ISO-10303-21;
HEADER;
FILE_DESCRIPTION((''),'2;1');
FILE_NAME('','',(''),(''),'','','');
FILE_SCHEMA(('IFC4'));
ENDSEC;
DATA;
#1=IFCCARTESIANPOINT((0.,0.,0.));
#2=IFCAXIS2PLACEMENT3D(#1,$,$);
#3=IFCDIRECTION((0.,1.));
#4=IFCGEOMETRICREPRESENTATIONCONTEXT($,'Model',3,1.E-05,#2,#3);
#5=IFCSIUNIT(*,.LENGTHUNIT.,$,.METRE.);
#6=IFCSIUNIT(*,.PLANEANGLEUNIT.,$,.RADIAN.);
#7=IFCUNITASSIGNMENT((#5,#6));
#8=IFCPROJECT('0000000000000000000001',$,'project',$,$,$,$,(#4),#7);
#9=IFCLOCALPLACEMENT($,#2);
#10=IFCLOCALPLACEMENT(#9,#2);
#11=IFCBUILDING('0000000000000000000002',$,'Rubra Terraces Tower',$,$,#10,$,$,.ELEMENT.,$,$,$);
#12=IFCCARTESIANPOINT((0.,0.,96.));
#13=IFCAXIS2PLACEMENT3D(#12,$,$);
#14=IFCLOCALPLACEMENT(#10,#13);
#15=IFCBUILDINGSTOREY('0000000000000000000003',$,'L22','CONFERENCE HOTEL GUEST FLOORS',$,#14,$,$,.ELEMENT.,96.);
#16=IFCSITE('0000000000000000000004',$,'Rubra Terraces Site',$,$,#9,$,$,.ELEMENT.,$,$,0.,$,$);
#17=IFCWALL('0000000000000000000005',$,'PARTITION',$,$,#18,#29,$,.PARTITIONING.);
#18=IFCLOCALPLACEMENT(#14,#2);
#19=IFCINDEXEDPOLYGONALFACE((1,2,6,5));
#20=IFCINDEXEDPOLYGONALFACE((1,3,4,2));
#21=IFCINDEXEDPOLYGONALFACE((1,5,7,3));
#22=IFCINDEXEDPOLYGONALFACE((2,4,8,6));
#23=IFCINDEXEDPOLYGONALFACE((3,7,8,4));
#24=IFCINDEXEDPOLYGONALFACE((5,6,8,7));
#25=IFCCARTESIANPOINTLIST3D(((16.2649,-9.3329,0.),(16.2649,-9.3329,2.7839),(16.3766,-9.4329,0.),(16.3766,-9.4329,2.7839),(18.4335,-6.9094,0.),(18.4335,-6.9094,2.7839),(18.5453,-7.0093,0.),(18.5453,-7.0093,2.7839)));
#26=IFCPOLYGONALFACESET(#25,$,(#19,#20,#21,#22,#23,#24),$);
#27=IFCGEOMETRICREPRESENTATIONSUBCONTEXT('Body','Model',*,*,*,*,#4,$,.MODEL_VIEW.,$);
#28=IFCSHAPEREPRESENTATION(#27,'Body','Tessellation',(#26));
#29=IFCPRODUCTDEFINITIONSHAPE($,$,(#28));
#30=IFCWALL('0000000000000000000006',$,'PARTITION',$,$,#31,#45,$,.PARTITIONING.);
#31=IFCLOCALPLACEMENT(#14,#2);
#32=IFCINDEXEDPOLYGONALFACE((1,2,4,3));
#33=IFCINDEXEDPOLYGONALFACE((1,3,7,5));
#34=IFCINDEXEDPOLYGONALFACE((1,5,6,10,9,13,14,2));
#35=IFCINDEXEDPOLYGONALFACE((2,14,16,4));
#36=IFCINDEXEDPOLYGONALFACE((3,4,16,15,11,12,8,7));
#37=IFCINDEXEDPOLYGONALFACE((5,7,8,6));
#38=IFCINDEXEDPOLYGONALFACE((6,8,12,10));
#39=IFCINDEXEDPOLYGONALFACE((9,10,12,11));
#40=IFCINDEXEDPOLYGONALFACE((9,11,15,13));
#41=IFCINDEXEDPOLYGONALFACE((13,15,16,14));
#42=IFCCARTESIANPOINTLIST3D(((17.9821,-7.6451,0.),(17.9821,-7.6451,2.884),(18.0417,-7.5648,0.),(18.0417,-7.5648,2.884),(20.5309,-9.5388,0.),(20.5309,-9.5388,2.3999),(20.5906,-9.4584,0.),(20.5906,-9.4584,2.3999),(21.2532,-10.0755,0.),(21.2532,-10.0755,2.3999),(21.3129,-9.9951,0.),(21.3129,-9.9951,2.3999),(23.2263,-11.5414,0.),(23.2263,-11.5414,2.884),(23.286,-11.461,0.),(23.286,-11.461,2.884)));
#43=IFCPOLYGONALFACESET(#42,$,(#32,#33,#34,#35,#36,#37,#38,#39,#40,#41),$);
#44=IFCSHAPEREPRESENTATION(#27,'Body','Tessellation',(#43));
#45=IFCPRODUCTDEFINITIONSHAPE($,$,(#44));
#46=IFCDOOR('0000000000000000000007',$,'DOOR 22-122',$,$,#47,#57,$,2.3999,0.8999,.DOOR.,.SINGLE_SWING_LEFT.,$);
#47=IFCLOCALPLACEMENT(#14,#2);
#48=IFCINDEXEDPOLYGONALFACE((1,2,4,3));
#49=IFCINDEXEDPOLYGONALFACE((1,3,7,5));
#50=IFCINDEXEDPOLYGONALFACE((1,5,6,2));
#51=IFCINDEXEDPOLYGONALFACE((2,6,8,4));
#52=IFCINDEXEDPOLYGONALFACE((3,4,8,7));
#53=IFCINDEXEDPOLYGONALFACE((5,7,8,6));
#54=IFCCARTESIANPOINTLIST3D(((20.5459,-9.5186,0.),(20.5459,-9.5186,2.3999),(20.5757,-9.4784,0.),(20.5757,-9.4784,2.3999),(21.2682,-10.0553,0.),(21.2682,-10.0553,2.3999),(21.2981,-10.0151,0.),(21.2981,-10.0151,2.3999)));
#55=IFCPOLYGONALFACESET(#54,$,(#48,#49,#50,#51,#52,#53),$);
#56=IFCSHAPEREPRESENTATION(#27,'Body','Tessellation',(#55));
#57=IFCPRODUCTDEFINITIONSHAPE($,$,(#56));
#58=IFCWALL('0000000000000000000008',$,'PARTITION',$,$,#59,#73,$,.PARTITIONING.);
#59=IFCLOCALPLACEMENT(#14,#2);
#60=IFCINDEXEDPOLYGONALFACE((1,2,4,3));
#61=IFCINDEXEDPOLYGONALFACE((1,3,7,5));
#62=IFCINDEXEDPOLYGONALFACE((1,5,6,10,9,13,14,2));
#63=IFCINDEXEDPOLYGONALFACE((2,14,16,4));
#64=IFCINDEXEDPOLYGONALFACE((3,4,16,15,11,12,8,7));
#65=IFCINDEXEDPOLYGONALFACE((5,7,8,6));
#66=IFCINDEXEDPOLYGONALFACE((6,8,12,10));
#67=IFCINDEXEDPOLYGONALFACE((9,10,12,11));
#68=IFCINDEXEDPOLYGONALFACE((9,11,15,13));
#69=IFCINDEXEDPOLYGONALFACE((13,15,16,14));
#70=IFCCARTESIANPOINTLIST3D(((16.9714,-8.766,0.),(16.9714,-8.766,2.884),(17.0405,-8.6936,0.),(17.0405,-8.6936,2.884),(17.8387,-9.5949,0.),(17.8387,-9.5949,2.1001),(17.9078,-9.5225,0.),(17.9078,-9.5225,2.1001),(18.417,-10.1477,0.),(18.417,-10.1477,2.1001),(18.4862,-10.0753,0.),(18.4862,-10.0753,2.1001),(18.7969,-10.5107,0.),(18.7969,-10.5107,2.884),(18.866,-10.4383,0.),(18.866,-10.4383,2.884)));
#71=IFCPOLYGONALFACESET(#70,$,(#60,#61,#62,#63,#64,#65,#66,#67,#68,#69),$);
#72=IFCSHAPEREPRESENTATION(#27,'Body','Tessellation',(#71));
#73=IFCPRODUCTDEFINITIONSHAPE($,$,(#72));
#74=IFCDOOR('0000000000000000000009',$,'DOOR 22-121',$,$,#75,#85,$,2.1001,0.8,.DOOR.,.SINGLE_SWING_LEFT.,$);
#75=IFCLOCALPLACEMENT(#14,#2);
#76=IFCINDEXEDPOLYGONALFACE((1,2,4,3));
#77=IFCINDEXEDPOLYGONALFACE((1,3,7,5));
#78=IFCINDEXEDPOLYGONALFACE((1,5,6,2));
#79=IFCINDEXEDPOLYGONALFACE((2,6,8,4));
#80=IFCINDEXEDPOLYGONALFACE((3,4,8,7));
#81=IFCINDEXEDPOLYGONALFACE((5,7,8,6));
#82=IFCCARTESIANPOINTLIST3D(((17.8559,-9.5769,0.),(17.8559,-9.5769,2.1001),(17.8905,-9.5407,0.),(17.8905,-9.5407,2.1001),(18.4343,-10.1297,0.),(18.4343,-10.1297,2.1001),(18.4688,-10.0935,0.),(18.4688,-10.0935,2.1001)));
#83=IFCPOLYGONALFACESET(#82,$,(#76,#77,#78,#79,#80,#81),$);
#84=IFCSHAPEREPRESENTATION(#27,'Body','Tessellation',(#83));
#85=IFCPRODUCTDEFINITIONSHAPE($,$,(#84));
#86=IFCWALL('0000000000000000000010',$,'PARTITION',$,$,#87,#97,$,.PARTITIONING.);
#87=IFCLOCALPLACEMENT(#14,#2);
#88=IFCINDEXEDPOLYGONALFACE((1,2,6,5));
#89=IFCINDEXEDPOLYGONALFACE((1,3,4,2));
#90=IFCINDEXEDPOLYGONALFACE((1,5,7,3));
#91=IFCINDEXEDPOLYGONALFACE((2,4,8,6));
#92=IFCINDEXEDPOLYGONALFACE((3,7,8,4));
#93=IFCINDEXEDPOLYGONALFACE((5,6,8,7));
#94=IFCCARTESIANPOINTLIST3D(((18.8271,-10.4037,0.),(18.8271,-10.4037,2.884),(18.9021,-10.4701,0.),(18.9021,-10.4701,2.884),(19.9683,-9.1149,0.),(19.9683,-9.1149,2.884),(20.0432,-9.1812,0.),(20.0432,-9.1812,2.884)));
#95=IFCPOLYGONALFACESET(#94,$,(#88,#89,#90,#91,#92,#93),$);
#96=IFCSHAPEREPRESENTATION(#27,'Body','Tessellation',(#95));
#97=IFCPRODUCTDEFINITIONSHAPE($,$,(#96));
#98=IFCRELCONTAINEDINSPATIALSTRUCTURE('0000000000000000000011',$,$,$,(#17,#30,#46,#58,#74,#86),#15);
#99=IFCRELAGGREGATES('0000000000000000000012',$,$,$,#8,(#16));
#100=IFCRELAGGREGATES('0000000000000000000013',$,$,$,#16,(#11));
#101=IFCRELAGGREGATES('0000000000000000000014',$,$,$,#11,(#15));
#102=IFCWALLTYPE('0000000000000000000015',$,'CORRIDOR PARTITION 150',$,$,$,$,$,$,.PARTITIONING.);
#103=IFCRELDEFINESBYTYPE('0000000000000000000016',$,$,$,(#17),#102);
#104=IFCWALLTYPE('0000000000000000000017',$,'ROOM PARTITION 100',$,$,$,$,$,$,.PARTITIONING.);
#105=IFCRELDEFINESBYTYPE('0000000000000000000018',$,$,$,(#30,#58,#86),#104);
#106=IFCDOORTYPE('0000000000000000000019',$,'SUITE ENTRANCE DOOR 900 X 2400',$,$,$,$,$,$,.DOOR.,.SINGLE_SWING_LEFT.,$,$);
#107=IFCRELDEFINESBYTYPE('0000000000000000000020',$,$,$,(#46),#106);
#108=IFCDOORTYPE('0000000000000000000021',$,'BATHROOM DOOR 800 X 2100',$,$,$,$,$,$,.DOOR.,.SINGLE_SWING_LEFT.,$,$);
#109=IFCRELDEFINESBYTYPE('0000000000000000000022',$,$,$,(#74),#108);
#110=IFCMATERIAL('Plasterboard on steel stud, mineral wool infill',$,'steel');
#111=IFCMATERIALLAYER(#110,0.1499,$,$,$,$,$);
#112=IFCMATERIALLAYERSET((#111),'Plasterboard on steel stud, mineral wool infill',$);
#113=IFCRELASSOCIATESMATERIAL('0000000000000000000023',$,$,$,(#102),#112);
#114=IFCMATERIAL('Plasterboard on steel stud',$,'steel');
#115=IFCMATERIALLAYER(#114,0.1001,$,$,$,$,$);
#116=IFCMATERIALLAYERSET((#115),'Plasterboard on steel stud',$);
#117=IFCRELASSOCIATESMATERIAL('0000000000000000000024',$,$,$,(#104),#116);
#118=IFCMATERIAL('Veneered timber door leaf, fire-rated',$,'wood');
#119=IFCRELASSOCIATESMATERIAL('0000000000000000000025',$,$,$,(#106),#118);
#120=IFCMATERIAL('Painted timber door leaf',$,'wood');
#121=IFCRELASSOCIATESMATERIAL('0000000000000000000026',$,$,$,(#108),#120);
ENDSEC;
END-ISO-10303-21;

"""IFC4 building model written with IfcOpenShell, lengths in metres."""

from ifc_helpers import new_model, si_unit, direction, frame, frame_2d, origin, place, context, subcontext, project, spatial, rectangle, extrude, material, layer, layer_set, type_object, element, fill, save


model = new_model("IFC4")

# Units and contexts
model_context = context("Model", 3, precision=1e-05, world=origin(), true_north=direction((0.0, 1.0)))
body_context = subcontext(model_context, "Body", "Model", "MODEL_VIEW")
ifc_project = project(units=[si_unit("LENGTHUNIT", "METRE"), si_unit("PLANEANGLEUNIT", "RADIAN")], contexts=[model_context])

# Site, building, storey
site_placement = place(None, origin())
site = spatial("IfcSite", under=ifc_project, at=site_placement, Name="Rubra Terraces Site", CompositionType="ELEMENT", RefElevation=0.0)
building_placement = place(site_placement, origin())
building = spatial("IfcBuilding", under=site, at=building_placement, Name="Rubra Terraces Tower", CompositionType="ELEMENT")
storey_placement = place(building_placement, frame((0.0, 0.0, 96.0)))
storey = spatial("IfcBuildingStorey", under=building, at=storey_placement, Name="L22", Description="CONFERENCE HOTEL GUEST FLOORS", CompositionType="ELEMENT", Elevation=96.0)

# Wall
ifc_material_1 = material(Name="Plasterboard on steel stud, mineral wool infill", Category="steel")
ifc_layer_1 = layer(ifc_material_1, 0.1499)
ifc_layer_set_1 = layer_set([ifc_layer_1], Name="Plasterboard on steel stud, mineral wool infill")
wall_type_1 = type_object("IfcWallType", Name="CORRIDOR PARTITION 150", PredefinedType="PARTITIONING", material=ifc_layer_set_1)
wall_1_placement = place(storey_placement, frame((16.3208, -9.3828, 0.0), z_axis=(0.0, 0.0, 1.0), x_axis=(0.666834, 0.745206, 0.0)))
element("IfcWall", 1, at=wall_1_placement, inside=storey, type_object=wall_type_1, Name="PARTITION", PredefinedType="PARTITIONING", context=body_context, shape_type="SweptSolid", body=[
    extrude(rectangle(XDim=3.2522, YDim=0.1499, at=frame_2d((1.626, 0.0))), origin(), (0.0, 0.0, 1.0), 2.7839),
])

# Walls, openings, doors
ifc_material_2 = material(Name="Plasterboard on steel stud", Category="steel")
ifc_layer_2 = layer(ifc_material_2, 0.1001)
ifc_layer_set_2 = layer_set([ifc_layer_2], Name="Plasterboard on steel stud")
wall_type_2 = type_object("IfcWallType", Name="ROOM PARTITION 100", PredefinedType="PARTITIONING", material=ifc_layer_set_2)
wall_2_placement = place(storey_placement, frame((23.2561, -11.5012, 0.0), z_axis=(0.0, 0.0, 1.0), x_axis=(-0.8027, 0.596382, 0.0)))
wall_2 = element("IfcWall", 2, at=wall_2_placement, inside=storey, type_object=wall_type_2, Name="PARTITION", PredefinedType="PARTITIONING", context=body_context, shape_type="SweptSolid", body=[
    extrude(rectangle(XDim=6.5332, YDim=0.1001, at=frame_2d((3.2666, 0.0))), origin(), (0.0, 0.0, 1.0), 2.884),
])
opening_1_placement = place(wall_2_placement, frame((2.458, 0.0, 0.0)))
opening_1 = element("IfcOpeningElement", 3, at=opening_1_placement, cuts=wall_2, PredefinedType="OPENING", context=body_context, shape_type="SweptSolid", body=[
    extrude(rectangle(XDim=0.8999, YDim=2.3999, at=frame_2d((0.45, 1.2))), frame((0.0, 0.0601, 0.0), z_axis=(0.0, -1.0, 0.0), x_axis=(1.0, 0.0, 0.0)), (0.0, 0.0, 1.0), 0.1201),
])
ifc_material_3 = material(Name="Veneered timber door leaf, fire-rated", Category="wood")
door_type_1 = type_object("IfcDoorType", Name="SUITE ENTRANCE DOOR 900 X 2400", OperationType="SINGLE_SWING_LEFT", PredefinedType="DOOR", material=ifc_material_3)
door_1_placement = place(opening_1_placement, origin())
door_1 = element("IfcDoor", 4, at=door_1_placement, inside=storey, type_object=door_type_1, Name="DOOR 22-122", OperationType="SINGLE_SWING_LEFT", OverallHeight=2.3999, OverallWidth=0.8999, PredefinedType="DOOR", context=body_context, shape_type="SweptSolid", body=[
    extrude(rectangle(XDim=0.8999, YDim=2.3999, at=frame_2d((0.45, 1.2))), frame((0.0, 0.0249, 0.0), z_axis=(0.0, -1.0, 0.0), x_axis=(1.0, 0.0, 0.0)), (0.0, 0.0, 1.0), 0.05),
])
fill(opening_1, door_1)
wall_3_placement = place(storey_placement, frame((17.0059, -8.7297, 0.0), z_axis=(0.0, 0.0, 1.0), x_axis=(0.722927, -0.690924, 0.0)))
wall_3 = element("IfcWall", 5, at=wall_3_placement, inside=storey, type_object=wall_type_2, Name="PARTITION", PredefinedType="PARTITIONING", context=body_context, shape_type="SweptSolid", body=[
    extrude(rectangle(XDim=2.5251, YDim=0.1001, at=frame_2d((1.2627, 0.0))), origin(), (0.0, 0.0, 1.0), 2.884),
])
opening_2_placement = place(wall_3_placement, frame((1.2, 0.0, 0.0)))
opening_2 = element("IfcOpeningElement", 6, at=opening_2_placement, cuts=wall_3, PredefinedType="OPENING", context=body_context, shape_type="SweptSolid", body=[
    extrude(rectangle(XDim=0.8, YDim=2.1001, at=frame_2d((0.3999, 1.05))), frame((0.0, 0.0601, 0.0), z_axis=(0.0, -1.0, 0.0), x_axis=(1.0, 0.0, 0.0)), (0.0, 0.0, 1.0), 0.1201),
])
ifc_material_4 = material(Name="Painted timber door leaf", Category="wood")
door_type_2 = type_object("IfcDoorType", Name="BATHROOM DOOR 800 X 2100", OperationType="SINGLE_SWING_LEFT", PredefinedType="DOOR", material=ifc_material_4)
door_2_placement = place(opening_2_placement, origin())
door_2 = element("IfcDoor", 7, at=door_2_placement, inside=storey, type_object=door_type_2, Name="DOOR 22-121", OperationType="SINGLE_SWING_LEFT", OverallHeight=2.1001, OverallWidth=0.8, PredefinedType="DOOR", context=body_context, shape_type="SweptSolid", body=[
    extrude(rectangle(XDim=0.8, YDim=2.1001, at=frame_2d((0.3999, 1.05))), frame((0.0, 0.0249, 0.0), z_axis=(0.0, -1.0, 0.0), x_axis=(1.0, 0.0, 0.0)), (0.0, 0.0, 1.0), 0.05),
])
fill(opening_2, door_2)

# Wall
wall_4_placement = place(storey_placement, frame((18.8645, -10.437, 0.0), z_axis=(0.0, 0.0, 1.0), x_axis=(0.662901, 0.748707, 0.0)))
element("IfcWall", 8, at=wall_4_placement, inside=storey, type_object=wall_type_2, Name="PARTITION", PredefinedType="PARTITIONING", context=body_context, shape_type="SweptSolid", body=[
    extrude(rectangle(XDim=1.7214, YDim=0.1001, at=frame_2d((0.8608, 0.0))), origin(), (0.0, 0.0, 1.0), 2.884),
])

save(model, "model.ifc")
